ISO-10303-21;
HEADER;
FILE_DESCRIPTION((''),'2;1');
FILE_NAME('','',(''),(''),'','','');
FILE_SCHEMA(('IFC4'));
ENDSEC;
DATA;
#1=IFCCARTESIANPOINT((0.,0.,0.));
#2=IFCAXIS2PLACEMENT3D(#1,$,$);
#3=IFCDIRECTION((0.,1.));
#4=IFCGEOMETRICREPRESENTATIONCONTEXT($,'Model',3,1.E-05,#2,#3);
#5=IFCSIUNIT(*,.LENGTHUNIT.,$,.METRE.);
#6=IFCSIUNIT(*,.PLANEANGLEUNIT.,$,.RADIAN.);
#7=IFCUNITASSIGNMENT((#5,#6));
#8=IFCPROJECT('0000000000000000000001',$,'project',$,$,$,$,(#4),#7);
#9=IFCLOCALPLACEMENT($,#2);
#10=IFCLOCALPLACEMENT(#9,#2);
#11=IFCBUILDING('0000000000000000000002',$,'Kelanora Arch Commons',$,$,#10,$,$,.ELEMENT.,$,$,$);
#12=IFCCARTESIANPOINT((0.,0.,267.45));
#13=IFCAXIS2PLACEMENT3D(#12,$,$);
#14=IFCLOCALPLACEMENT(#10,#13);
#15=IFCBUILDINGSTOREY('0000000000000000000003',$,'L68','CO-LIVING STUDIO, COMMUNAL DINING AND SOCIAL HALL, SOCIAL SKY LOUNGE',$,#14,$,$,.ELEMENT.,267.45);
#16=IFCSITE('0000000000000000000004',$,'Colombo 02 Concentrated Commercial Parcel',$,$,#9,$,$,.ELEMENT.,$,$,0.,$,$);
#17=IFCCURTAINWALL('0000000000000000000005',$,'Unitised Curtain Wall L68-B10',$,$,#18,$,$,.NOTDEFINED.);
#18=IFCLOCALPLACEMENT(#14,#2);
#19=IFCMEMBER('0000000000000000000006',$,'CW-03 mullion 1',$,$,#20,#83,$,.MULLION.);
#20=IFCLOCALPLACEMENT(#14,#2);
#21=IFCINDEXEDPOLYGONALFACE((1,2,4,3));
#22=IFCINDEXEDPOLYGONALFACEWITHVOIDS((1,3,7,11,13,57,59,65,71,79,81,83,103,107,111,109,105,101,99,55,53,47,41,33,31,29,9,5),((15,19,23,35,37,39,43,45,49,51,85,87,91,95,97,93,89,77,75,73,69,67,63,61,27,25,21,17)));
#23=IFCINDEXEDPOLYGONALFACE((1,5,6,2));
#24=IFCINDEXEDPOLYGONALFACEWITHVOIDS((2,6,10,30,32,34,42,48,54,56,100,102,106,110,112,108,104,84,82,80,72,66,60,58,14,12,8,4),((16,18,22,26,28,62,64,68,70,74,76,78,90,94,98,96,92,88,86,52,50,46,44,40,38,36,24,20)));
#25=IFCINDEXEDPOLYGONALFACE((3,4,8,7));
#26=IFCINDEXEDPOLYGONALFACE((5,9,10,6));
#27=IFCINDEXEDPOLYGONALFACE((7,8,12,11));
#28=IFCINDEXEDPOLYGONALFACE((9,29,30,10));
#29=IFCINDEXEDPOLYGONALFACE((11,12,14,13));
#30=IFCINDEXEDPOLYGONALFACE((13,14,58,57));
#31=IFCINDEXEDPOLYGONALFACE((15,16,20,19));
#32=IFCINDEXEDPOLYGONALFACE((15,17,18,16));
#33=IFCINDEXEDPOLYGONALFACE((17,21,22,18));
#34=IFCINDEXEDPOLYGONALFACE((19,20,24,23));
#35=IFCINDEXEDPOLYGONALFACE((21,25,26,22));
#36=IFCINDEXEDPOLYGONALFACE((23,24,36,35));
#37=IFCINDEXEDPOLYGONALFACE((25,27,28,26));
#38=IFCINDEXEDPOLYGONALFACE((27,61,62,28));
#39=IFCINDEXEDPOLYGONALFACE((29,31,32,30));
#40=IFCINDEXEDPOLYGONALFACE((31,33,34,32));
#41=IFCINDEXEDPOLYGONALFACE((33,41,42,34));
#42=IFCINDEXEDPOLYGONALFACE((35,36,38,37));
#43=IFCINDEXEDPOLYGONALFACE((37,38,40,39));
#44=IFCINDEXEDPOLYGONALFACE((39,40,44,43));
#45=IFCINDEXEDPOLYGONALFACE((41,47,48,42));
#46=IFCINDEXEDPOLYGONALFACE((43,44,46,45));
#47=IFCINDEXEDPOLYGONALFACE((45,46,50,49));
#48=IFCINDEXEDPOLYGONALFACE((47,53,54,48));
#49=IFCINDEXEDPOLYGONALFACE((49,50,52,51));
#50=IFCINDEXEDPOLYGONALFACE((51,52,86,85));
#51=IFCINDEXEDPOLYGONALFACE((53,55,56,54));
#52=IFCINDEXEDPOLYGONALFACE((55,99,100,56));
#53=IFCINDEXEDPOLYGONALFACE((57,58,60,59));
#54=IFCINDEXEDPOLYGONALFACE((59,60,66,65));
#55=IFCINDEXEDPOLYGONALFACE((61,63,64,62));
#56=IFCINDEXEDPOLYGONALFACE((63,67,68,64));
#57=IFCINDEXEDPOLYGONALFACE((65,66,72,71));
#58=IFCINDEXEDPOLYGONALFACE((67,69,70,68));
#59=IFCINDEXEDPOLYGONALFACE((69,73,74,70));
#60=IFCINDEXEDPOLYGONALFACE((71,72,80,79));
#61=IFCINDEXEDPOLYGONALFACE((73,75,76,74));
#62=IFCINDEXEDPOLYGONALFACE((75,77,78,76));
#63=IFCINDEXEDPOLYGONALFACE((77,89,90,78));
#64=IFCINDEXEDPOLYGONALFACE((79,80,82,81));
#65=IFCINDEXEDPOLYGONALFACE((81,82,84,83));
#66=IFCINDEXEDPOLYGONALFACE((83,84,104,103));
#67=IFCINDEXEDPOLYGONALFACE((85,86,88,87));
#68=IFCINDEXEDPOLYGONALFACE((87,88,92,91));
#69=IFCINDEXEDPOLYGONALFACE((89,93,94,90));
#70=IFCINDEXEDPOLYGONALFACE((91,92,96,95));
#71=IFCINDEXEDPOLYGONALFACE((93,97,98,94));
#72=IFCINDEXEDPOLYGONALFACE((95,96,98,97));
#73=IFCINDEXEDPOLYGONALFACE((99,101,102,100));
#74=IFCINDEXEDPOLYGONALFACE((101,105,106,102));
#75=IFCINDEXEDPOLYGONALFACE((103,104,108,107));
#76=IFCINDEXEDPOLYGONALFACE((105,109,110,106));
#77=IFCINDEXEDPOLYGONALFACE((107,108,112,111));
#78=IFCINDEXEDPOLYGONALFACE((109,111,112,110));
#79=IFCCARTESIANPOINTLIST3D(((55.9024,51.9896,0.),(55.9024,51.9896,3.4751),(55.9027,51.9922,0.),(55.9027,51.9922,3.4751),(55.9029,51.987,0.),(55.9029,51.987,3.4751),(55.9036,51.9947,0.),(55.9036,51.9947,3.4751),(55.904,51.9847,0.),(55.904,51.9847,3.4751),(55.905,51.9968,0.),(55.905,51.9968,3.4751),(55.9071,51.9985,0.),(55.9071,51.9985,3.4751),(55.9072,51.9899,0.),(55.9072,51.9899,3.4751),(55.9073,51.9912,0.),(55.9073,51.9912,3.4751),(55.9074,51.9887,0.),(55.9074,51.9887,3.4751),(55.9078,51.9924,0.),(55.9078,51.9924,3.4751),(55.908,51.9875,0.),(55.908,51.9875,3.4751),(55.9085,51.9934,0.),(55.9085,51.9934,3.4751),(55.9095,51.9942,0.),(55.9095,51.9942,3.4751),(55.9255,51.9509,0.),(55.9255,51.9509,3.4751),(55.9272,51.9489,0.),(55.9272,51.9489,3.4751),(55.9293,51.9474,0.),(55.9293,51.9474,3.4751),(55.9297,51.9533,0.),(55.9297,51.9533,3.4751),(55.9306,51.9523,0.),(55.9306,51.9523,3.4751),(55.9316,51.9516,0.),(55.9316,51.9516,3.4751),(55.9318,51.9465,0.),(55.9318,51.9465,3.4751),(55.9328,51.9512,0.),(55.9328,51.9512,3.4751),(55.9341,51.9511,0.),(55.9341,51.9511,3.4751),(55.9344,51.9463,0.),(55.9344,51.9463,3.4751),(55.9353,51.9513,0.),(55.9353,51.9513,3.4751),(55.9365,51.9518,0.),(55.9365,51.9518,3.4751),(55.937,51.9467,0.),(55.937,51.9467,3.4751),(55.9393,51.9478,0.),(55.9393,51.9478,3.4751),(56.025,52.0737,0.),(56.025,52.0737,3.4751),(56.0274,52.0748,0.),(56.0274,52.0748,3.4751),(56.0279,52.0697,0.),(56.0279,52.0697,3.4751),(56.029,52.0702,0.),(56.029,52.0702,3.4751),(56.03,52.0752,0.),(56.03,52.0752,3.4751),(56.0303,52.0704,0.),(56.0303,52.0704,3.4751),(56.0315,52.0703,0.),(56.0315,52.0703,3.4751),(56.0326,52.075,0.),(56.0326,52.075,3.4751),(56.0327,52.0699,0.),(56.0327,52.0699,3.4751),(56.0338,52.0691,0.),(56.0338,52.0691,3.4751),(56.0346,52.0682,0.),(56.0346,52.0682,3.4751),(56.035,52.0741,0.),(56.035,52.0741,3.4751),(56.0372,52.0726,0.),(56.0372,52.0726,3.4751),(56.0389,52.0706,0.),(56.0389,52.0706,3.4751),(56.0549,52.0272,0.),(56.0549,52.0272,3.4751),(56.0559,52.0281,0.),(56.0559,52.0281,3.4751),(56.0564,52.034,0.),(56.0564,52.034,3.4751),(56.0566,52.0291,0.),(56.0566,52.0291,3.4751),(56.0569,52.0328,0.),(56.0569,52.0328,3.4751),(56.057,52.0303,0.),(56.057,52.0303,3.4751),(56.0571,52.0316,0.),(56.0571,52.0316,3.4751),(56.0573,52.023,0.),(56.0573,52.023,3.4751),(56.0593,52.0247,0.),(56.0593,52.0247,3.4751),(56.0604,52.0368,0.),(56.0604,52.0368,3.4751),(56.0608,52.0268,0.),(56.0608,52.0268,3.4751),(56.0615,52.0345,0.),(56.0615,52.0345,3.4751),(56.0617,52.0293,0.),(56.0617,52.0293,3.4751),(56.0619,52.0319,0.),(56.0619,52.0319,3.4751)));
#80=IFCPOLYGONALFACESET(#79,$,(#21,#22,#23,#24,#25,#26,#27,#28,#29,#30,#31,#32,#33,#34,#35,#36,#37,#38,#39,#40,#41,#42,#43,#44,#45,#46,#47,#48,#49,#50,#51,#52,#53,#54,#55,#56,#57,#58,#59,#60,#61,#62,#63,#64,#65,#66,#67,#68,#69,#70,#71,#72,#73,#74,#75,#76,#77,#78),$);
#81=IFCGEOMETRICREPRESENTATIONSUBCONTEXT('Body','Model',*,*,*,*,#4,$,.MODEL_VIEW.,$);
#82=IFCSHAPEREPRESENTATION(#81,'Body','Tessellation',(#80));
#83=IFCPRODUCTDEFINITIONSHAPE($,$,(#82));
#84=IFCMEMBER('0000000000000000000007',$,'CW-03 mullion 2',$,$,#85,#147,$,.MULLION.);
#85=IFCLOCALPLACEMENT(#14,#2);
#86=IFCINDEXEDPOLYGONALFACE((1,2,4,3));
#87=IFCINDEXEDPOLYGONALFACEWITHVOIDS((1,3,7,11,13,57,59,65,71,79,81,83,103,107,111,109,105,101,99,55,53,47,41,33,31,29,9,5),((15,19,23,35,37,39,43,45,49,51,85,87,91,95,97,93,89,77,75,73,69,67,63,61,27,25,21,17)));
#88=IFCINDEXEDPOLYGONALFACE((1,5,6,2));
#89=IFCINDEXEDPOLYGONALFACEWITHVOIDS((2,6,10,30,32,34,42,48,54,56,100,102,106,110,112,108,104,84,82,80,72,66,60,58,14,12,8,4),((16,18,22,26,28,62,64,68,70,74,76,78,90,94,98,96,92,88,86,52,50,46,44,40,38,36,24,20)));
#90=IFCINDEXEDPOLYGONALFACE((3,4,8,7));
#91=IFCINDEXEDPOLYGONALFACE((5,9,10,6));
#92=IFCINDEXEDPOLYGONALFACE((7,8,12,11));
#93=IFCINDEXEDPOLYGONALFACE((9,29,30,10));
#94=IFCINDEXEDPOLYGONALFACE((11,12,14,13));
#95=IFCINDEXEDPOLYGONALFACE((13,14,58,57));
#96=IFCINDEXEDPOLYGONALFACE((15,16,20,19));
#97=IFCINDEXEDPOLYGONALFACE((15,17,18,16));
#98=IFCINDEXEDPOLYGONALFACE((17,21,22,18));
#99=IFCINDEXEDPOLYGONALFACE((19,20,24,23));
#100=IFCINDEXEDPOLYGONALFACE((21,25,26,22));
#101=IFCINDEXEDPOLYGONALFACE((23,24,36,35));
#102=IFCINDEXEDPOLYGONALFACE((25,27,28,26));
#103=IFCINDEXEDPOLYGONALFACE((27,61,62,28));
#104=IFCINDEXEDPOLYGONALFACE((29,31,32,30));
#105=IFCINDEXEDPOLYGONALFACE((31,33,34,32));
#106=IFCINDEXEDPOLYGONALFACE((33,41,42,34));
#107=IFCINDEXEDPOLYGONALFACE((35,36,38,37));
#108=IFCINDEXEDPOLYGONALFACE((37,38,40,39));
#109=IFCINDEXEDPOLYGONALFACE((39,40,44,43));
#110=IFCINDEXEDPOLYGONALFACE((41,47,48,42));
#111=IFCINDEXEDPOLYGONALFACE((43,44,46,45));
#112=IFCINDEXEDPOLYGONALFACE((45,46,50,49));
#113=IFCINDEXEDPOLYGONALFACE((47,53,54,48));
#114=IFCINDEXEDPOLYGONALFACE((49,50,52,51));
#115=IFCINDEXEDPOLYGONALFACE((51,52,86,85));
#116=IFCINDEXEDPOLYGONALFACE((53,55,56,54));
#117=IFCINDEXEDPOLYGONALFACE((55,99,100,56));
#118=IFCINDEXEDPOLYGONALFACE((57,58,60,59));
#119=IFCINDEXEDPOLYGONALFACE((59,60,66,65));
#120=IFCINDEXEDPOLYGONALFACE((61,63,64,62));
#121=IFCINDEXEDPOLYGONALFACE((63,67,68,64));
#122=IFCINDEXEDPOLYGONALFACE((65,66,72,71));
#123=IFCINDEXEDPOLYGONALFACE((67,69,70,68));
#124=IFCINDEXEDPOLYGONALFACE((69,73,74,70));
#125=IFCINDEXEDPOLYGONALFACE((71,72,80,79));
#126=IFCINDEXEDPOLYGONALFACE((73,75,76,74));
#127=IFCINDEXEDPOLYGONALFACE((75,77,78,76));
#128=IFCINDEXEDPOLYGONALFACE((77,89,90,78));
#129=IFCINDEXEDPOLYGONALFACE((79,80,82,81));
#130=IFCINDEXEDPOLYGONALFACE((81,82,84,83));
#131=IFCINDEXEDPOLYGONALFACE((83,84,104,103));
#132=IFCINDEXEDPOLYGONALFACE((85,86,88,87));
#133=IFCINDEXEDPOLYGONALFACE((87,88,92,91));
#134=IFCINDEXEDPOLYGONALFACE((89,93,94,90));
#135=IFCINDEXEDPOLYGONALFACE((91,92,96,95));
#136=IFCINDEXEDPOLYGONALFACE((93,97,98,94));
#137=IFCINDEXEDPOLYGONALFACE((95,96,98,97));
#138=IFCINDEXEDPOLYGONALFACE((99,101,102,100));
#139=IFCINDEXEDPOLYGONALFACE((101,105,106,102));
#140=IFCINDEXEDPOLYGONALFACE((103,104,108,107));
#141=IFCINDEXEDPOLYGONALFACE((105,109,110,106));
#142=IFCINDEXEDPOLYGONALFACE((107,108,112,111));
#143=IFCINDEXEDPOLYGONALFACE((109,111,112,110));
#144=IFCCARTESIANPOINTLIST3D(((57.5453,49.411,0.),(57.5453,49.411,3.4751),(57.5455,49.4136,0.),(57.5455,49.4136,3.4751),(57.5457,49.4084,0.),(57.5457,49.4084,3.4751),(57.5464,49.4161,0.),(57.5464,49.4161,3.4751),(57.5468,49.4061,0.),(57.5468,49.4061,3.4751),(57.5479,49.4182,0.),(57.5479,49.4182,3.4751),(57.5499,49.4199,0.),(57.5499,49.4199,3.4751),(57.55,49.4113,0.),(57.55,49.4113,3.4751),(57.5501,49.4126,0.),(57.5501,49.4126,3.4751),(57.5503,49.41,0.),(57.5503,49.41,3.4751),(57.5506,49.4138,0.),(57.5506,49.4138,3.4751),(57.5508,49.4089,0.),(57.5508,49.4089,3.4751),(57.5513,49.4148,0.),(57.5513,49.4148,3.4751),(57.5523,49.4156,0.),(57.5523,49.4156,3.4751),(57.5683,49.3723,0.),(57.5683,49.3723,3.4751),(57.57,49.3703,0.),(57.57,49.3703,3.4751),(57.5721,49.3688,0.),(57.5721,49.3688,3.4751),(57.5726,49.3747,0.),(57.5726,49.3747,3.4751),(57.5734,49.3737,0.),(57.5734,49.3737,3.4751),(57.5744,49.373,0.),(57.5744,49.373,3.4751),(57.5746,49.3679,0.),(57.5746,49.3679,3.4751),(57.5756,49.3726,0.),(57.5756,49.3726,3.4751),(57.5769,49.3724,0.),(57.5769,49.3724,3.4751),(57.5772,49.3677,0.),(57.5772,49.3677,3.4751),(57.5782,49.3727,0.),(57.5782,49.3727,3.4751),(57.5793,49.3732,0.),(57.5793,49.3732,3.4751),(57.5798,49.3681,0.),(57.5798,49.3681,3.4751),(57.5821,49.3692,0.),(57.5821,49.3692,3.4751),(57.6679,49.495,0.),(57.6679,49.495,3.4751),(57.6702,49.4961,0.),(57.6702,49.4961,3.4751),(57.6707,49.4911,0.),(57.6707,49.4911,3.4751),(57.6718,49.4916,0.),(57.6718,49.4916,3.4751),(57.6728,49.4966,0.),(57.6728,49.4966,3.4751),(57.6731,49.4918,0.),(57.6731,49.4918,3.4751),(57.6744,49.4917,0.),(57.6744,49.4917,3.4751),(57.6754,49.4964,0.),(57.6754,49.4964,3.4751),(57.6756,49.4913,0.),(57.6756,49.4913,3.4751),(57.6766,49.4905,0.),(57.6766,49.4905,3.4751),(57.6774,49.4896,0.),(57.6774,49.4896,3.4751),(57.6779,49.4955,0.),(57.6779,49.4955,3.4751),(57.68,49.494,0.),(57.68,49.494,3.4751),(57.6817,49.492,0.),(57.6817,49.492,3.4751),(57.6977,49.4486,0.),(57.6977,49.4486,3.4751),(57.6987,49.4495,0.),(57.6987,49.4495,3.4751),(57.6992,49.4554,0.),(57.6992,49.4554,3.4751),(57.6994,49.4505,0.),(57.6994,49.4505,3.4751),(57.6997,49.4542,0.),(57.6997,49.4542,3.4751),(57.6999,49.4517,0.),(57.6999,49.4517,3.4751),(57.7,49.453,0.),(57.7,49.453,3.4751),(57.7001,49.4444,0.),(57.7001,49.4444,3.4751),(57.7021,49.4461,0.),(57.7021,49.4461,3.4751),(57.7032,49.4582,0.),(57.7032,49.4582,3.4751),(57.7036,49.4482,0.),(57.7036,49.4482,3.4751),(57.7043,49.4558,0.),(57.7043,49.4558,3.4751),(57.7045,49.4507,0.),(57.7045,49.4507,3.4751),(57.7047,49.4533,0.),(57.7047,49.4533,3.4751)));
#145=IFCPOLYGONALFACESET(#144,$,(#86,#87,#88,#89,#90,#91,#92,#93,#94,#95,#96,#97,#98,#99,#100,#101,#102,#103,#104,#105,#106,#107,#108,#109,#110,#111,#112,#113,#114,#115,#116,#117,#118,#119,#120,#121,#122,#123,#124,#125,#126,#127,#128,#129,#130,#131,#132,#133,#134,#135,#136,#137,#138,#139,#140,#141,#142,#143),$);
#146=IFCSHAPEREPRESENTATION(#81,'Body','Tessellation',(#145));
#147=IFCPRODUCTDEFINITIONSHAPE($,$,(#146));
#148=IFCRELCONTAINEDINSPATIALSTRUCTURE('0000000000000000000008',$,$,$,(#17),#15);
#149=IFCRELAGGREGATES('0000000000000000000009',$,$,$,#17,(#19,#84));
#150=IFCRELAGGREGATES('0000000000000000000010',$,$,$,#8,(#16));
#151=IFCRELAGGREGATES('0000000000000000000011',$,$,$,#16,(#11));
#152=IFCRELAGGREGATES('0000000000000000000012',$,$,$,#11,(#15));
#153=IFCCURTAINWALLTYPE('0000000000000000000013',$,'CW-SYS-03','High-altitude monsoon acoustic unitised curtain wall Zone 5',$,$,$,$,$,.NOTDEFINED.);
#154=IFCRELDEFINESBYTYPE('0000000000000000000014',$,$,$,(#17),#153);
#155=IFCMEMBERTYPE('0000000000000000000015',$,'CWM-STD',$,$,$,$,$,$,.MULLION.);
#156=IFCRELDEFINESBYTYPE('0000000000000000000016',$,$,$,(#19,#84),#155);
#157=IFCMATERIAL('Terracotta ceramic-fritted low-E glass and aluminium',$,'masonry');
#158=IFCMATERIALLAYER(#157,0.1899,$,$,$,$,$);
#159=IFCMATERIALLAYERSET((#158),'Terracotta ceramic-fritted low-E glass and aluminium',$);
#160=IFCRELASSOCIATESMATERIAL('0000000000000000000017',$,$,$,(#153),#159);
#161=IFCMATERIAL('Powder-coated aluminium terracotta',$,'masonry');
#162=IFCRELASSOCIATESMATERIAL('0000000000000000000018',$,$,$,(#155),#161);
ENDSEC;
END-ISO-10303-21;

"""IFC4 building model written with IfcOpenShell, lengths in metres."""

from ifc_helpers import new_model, si_unit, direction, frame, origin, origin_2d, place, context, subcontext, project, spatial, hollow_rectangle, extrude, material, layer, layer_set, material_profile, profile_set, type_object, element, aggregate, save


model = new_model("IFC4")

# Units and contexts
model_context = context("Model", 3, precision=1e-05, world=origin(), true_north=direction((0.0, 1.0)))
body_context = subcontext(model_context, "Body", "Model", "MODEL_VIEW")
ifc_project = project(units=[si_unit("LENGTHUNIT", "METRE"), si_unit("PLANEANGLEUNIT", "RADIAN")], contexts=[model_context])

# Site, building, storey
site_placement = place(None, origin())
site = spatial("IfcSite", under=ifc_project, at=site_placement, Name="Colombo 02 Concentrated Commercial Parcel", CompositionType="ELEMENT", RefElevation=0.0)
building_placement = place(site_placement, origin())
building = spatial("IfcBuilding", under=site, at=building_placement, Name="Kelanora Arch Commons", CompositionType="ELEMENT")
storey_placement = place(building_placement, frame((0.0, 0.0, 267.45)))
storey = spatial("IfcBuildingStorey", under=building, at=storey_placement, Name="L68", Description="CO-LIVING STUDIO, COMMUNAL DINING AND SOCIAL HALL, SOCIAL SKY LOUNGE", CompositionType="ELEMENT", Elevation=267.45)

# Curtain wall, members
ifc_material_1 = material(Name="Terracotta ceramic-fritted low-E glass and aluminium", Category="masonry")
ifc_layer_1 = layer(ifc_material_1, 0.1899)
ifc_layer_set_1 = layer_set([ifc_layer_1], Name="Terracotta ceramic-fritted low-E glass and aluminium")
curtain_wall_type = type_object("IfcCurtainWallType", Name="CW-SYS-03", Description="High-altitude monsoon acoustic unitised curtain wall Zone 5", PredefinedType="NOTDEFINED", material=ifc_layer_set_1)
curtain_wall_placement = place(storey_placement, origin())
curtain_wall = element("IfcCurtainWall", 1, at=curtain_wall_placement, inside=storey, type_object=curtain_wall_type, Name="Unitised Curtain Wall L68-B10", PredefinedType="NOTDEFINED")
ifc_material_2 = material(Name="Powder-coated aluminium terracotta", Category="masonry")
ifc_material_profile_1 = material_profile(ifc_material_2, hollow_rectangle(XDim=0.1599, YDim=0.0601, WallThickness=0.0049, InnerFilletRadius=0.0049, OuterFilletRadius=0.01, at=origin_2d()), Name="CWM160x60")
ifc_profile_set_1 = profile_set([ifc_material_profile_1], Name="Powder-coated aluminium terracotta")
member_type_1 = type_object("IfcMemberType", Name="CWM-STD", PredefinedType="MULLION", material=ifc_profile_set_1)
member_1_placement = place(storey_placement, frame((55.9822, 52.0107, 0.0), z_axis=(0.0, 0.0, 1.0), x_axis=(0.843391, 0.5373, 0.0)))
member_1 = element("IfcMember", 2, at=member_1_placement, type_object=member_type_1, Name="CW-03 mullion 1", PredefinedType="MULLION", context=body_context, shape_type="SweptSolid", body=[
    extrude(hollow_rectangle(XDim=0.1599, YDim=0.0601, WallThickness=0.0049, InnerFilletRadius=0.0049, OuterFilletRadius=0.01, at=origin_2d()), origin(), (0.0, 0.0, 1.0), 3.4751),
])
member_2_placement = place(storey_placement, frame((57.625, 49.4321, 0.0), z_axis=(0.0, 0.0, 1.0), x_axis=(0.843391, 0.5373, 0.0)))
member_2 = element("IfcMember", 3, at=member_2_placement, type_object=member_type_1, Name="CW-03 mullion 2", PredefinedType="MULLION", context=body_context, shape_type="SweptSolid", body=[
    extrude(hollow_rectangle(XDim=0.1599, YDim=0.0601, WallThickness=0.0049, InnerFilletRadius=0.0049, OuterFilletRadius=0.01, at=origin_2d()), origin(), (0.0, 0.0, 1.0), 3.4751),
])

aggregate(curtain_wall, [member_1, member_2])

save(model, "model.ifc")
